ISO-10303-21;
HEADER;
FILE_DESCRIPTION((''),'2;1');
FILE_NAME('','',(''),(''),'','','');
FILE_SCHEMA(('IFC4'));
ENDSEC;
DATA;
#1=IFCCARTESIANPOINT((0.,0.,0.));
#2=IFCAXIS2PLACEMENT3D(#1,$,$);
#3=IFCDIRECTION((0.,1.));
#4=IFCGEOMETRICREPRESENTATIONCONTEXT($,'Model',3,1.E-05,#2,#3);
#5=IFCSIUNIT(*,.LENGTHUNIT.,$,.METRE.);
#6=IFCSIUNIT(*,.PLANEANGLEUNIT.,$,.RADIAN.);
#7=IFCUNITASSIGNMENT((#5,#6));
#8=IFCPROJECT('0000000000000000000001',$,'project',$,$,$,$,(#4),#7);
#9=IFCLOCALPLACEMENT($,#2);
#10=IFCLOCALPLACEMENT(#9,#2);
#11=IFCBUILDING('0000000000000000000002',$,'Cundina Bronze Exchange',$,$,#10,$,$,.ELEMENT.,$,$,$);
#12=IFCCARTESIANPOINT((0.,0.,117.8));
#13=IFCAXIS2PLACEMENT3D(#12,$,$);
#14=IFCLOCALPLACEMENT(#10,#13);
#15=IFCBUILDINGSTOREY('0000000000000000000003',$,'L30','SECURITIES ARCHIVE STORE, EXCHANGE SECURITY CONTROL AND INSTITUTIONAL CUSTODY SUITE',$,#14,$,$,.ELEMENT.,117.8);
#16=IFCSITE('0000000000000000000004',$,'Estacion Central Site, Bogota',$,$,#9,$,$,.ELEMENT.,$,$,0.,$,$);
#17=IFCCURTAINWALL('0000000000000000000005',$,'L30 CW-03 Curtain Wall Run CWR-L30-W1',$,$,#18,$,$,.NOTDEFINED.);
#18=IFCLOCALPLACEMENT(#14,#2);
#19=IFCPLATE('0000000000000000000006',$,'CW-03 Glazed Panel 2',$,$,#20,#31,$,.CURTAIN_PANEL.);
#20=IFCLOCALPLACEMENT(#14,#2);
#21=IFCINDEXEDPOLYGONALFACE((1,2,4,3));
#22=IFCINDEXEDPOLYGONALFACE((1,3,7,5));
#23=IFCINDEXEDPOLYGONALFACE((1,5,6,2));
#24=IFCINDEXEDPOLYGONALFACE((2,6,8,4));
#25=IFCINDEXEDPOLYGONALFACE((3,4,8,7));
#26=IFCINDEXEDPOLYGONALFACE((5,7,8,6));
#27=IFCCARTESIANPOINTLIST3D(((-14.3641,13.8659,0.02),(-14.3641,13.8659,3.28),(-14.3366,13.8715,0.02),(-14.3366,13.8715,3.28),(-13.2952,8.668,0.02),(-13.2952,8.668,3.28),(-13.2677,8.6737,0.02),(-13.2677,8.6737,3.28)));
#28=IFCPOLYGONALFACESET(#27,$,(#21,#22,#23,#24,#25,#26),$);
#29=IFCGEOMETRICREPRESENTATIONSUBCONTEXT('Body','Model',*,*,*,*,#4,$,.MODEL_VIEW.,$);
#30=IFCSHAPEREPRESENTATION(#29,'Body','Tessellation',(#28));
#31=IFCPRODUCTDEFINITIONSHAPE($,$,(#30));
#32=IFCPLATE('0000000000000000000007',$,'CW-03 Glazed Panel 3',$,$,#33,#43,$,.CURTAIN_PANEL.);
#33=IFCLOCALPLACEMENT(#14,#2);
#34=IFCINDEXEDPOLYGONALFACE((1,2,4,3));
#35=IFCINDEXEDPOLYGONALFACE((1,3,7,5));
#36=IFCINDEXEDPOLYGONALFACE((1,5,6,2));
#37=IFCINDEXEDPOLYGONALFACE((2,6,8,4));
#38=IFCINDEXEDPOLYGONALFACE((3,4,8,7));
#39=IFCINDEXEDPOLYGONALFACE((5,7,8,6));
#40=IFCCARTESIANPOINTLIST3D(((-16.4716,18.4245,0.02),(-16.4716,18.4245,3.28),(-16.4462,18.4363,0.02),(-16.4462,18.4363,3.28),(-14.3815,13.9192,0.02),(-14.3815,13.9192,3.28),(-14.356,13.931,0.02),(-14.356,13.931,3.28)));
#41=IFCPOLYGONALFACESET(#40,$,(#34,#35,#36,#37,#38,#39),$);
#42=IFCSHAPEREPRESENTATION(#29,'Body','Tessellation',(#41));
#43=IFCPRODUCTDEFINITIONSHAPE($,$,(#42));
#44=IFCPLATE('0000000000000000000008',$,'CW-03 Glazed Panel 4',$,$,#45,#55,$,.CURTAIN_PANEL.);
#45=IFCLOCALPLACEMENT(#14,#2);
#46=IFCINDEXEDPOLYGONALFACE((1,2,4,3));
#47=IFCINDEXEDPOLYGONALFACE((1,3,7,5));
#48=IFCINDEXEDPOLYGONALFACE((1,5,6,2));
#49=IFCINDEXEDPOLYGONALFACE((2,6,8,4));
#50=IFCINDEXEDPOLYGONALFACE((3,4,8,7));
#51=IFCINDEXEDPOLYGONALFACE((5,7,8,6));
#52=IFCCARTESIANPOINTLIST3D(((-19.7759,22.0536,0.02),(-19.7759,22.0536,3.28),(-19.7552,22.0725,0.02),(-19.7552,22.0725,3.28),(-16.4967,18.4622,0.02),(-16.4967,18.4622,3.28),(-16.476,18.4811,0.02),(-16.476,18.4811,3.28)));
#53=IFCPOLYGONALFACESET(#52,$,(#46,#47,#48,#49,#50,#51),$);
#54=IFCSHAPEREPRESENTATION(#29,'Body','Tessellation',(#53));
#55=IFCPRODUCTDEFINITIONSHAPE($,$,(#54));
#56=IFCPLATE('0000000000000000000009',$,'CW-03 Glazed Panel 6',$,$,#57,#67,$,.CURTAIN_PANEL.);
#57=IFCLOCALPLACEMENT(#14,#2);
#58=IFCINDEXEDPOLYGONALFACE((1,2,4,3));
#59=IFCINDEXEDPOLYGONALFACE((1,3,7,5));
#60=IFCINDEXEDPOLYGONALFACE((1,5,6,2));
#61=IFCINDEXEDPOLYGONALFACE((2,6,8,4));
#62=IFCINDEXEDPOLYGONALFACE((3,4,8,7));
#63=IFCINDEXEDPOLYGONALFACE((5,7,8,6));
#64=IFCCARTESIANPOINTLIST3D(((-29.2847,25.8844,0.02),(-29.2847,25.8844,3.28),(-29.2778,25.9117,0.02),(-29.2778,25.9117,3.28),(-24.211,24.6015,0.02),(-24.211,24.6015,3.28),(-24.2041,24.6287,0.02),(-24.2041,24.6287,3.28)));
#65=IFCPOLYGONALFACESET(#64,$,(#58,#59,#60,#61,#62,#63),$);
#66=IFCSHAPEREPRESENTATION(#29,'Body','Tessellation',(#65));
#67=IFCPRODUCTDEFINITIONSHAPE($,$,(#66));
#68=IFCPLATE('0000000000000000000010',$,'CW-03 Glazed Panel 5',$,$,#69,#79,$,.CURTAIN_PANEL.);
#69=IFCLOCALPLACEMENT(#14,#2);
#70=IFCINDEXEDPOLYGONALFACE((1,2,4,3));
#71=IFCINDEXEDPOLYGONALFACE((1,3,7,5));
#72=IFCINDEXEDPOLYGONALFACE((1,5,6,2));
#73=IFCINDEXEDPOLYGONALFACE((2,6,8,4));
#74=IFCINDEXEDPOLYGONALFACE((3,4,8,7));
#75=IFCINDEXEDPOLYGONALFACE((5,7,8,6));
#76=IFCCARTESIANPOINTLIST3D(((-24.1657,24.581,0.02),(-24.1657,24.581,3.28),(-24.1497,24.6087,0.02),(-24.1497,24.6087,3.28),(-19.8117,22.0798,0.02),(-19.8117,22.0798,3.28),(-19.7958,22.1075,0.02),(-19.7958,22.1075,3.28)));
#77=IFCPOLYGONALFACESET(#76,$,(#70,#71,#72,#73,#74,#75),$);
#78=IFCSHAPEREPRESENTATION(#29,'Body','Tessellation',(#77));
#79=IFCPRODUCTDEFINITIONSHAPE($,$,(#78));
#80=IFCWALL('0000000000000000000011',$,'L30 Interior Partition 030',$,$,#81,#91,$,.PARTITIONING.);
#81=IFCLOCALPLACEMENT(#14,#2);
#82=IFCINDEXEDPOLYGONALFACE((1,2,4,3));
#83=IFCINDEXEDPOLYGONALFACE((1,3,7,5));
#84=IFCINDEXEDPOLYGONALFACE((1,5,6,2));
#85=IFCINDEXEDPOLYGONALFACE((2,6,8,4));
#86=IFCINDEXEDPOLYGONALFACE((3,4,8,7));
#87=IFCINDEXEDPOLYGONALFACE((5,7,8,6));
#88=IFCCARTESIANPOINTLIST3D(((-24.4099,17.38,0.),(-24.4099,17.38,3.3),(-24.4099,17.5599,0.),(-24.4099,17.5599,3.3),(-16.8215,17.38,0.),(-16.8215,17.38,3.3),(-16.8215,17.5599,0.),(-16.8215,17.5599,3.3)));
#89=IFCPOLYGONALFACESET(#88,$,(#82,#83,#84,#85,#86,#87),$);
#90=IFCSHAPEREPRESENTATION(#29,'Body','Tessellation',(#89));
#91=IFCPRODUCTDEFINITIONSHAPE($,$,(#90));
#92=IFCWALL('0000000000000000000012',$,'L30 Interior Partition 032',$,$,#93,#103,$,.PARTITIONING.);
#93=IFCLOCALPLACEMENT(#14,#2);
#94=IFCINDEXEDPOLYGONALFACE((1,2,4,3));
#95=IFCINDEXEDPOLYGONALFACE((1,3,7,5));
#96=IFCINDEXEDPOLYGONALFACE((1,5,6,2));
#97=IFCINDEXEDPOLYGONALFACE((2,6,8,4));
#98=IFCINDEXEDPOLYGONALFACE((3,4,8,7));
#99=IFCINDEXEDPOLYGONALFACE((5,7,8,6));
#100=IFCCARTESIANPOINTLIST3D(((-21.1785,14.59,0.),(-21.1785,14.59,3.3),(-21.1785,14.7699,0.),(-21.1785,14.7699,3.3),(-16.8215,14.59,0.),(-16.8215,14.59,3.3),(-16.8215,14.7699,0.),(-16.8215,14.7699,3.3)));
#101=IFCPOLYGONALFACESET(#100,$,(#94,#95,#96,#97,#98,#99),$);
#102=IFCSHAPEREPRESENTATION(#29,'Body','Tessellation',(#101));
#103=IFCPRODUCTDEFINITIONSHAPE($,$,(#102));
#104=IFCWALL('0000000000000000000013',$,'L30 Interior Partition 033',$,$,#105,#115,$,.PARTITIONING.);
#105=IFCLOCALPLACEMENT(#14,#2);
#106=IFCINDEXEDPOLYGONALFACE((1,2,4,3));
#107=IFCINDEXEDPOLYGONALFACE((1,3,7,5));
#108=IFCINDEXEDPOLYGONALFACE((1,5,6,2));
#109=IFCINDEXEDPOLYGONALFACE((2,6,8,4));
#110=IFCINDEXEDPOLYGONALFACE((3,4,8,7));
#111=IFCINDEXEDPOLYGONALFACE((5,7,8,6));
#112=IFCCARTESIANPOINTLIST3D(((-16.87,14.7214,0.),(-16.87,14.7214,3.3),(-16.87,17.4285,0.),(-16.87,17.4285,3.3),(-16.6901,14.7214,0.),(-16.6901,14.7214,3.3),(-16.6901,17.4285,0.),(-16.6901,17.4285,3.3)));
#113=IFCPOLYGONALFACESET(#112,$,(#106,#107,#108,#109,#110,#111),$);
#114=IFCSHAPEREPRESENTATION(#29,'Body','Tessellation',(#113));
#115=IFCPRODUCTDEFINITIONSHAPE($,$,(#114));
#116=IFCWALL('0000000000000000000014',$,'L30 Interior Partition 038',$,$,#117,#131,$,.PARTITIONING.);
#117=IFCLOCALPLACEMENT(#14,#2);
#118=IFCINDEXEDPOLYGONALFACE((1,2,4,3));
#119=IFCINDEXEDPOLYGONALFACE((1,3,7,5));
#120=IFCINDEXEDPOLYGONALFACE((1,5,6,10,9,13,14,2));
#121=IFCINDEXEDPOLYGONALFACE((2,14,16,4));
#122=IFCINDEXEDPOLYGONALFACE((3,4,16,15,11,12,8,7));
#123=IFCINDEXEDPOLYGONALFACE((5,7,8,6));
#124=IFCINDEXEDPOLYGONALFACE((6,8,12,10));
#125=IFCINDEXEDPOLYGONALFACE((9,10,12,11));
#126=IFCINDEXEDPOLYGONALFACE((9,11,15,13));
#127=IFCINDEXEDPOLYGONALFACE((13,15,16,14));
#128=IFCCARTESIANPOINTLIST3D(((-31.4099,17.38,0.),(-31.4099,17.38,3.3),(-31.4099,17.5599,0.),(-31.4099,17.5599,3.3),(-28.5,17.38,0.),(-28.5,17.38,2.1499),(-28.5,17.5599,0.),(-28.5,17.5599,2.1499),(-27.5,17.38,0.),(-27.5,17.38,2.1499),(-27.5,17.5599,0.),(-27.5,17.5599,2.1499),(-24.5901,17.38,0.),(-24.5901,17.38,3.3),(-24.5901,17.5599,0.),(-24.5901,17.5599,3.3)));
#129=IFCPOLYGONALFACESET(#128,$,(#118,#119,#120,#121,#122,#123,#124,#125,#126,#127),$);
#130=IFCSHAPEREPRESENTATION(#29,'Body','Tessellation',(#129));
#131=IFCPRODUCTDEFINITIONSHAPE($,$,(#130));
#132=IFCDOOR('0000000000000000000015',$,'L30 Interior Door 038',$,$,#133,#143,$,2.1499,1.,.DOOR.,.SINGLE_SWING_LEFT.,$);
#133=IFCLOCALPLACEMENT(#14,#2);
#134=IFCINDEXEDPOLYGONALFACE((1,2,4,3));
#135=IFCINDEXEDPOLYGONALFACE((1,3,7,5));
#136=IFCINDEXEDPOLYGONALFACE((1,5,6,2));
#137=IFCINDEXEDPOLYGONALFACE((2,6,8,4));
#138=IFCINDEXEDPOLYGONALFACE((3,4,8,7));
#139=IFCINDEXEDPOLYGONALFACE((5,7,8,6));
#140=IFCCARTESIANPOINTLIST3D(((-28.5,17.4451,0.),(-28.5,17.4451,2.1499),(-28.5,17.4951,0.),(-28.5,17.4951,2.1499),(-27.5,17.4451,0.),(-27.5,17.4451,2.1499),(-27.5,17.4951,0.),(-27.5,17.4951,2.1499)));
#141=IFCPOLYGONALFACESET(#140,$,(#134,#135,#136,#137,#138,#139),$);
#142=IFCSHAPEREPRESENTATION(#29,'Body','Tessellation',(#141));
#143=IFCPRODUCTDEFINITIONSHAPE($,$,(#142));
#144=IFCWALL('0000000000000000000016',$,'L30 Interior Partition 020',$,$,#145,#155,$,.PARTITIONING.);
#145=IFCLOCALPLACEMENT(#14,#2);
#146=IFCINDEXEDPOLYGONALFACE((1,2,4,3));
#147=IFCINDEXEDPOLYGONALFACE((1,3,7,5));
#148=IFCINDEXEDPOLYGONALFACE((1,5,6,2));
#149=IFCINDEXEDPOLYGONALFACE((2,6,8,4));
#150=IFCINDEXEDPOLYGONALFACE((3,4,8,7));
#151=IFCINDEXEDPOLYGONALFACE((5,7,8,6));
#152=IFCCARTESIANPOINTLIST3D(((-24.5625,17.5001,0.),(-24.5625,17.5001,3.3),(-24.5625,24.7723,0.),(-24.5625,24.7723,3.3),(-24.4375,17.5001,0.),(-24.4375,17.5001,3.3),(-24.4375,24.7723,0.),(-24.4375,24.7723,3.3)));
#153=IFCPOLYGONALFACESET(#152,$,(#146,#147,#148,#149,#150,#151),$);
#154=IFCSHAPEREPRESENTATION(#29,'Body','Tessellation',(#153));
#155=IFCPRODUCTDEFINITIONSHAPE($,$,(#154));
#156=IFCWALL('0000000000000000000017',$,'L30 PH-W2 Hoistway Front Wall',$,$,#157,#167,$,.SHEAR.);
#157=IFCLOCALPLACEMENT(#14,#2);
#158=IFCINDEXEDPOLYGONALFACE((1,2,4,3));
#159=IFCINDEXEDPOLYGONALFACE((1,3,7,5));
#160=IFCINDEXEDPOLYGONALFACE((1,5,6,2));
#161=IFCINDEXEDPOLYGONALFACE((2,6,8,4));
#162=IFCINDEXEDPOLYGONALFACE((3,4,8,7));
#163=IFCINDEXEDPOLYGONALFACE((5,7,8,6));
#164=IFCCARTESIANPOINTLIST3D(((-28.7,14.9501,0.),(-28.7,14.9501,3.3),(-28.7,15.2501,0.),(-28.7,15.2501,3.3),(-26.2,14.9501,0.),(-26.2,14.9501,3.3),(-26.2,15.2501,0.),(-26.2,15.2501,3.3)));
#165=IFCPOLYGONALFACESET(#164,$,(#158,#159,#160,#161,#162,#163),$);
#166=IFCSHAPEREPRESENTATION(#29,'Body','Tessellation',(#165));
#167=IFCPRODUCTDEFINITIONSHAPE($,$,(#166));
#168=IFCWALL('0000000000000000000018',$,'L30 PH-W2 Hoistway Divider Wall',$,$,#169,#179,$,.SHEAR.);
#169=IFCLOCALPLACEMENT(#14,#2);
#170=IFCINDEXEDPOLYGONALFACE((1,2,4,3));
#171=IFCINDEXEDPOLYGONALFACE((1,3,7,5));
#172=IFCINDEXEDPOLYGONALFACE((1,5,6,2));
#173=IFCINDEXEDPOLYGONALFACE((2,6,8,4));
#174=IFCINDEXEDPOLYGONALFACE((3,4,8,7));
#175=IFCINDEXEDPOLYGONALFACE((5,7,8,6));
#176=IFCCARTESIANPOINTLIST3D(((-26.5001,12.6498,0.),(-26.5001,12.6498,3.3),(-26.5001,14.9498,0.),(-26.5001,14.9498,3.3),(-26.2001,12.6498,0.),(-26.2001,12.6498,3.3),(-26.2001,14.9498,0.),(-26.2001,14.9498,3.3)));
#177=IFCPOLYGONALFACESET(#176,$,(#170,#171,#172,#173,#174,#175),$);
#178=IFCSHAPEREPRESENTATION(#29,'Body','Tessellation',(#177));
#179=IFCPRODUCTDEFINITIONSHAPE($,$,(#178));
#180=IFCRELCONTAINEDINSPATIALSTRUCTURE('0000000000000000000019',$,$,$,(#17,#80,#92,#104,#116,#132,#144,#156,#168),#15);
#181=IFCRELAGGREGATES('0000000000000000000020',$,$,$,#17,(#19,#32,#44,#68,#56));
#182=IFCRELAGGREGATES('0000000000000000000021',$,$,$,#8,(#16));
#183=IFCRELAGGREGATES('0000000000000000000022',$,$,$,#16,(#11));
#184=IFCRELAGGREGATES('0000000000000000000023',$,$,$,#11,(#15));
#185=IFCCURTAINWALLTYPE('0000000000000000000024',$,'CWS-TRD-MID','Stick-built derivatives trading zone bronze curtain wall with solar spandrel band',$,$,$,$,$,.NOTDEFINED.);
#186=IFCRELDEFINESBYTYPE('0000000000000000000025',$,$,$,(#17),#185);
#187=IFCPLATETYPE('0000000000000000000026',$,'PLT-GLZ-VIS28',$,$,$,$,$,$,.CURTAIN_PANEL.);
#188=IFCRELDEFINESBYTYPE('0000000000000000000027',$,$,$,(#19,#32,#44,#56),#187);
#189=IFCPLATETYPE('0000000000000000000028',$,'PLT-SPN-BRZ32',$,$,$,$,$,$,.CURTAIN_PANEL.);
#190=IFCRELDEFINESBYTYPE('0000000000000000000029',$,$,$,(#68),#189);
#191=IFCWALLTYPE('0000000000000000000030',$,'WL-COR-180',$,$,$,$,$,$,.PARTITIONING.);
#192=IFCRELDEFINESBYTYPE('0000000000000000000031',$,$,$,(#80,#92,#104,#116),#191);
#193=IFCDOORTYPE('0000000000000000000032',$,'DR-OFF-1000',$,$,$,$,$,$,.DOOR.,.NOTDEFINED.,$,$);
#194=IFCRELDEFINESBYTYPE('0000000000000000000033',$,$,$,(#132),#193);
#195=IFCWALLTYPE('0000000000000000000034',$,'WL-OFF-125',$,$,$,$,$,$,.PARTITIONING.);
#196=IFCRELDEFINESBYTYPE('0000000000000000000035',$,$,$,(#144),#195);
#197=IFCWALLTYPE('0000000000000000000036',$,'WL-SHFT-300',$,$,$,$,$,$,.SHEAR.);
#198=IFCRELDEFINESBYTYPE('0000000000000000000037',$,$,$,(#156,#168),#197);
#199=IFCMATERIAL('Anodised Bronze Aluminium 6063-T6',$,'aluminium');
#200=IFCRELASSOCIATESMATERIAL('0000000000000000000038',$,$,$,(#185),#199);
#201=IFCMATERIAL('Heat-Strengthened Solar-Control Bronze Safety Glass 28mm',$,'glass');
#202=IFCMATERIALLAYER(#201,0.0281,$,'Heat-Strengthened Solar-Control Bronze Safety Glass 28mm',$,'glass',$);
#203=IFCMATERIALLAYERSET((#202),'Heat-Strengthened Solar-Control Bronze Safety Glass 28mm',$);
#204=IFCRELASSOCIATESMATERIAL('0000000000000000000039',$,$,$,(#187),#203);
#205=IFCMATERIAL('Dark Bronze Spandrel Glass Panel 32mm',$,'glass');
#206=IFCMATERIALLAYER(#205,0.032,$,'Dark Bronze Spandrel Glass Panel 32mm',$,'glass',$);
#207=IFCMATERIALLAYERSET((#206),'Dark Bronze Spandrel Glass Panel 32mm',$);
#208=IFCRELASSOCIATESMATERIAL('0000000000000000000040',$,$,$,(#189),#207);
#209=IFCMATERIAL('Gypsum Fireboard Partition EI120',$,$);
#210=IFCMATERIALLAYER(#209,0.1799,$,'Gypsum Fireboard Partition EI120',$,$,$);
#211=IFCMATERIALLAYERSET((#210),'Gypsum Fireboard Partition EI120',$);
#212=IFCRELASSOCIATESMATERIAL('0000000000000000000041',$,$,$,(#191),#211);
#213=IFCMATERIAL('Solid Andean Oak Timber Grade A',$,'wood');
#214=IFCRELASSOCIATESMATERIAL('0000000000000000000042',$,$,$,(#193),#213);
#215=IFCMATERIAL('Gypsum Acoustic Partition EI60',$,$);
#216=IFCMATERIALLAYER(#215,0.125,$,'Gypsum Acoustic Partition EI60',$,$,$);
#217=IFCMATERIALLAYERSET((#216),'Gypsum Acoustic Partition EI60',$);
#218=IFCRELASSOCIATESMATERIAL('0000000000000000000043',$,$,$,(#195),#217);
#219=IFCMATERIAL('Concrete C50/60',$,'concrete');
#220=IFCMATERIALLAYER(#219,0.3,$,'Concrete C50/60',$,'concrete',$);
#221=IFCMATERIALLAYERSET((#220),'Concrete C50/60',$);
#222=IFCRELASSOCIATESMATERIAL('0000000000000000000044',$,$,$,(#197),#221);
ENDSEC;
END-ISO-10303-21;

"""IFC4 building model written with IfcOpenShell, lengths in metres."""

from ifc_helpers import new_model, si_unit, direction, frame, frame_2d, origin, origin_2d, place, context, subcontext, project, spatial, rectangle, extrude, material, layer, layer_set, type_object, element, fill, aggregate, save


model = new_model("IFC4")

# Units and contexts
model_context = context("Model", 3, precision=1e-05, world=origin(), true_north=direction((0.0, 1.0)))
body_context = subcontext(model_context, "Body", "Model", "MODEL_VIEW")
ifc_project = project(units=[si_unit("LENGTHUNIT", "METRE"), si_unit("PLANEANGLEUNIT", "RADIAN")], contexts=[model_context])

# Site, building, storey
site_placement = place(None, origin())
site = spatial("IfcSite", under=ifc_project, at=site_placement, Name="Estacion Central Site, Bogota", CompositionType="ELEMENT", RefElevation=0.0)
building_placement = place(site_placement, origin())
building = spatial("IfcBuilding", under=site, at=building_placement, Name="Cundina Bronze Exchange", CompositionType="ELEMENT")
storey_placement = place(building_placement, frame((0.0, 0.0, 117.8)))
storey = spatial("IfcBuildingStorey", under=building, at=storey_placement, Name="L30", Description="SECURITIES ARCHIVE STORE, EXCHANGE SECURITY CONTROL AND INSTITUTIONAL CUSTODY SUITE", CompositionType="ELEMENT", Elevation=117.8)

# Curtain wall, plates
ifc_material_1 = material(Name="Anodised Bronze Aluminium 6063-T6", Category="aluminium")
curtain_wall_type = type_object("IfcCurtainWallType", Name="CWS-TRD-MID", Description="Stick-built derivatives trading zone bronze curtain wall with solar spandrel band", PredefinedType="NOTDEFINED", material=ifc_material_1)
curtain_wall_placement = place(storey_placement, origin())
curtain_wall = element("IfcCurtainWall", 1, at=curtain_wall_placement, inside=storey, type_object=curtain_wall_type, Name="L30 CW-03 Curtain Wall Run CWR-L30-W1", PredefinedType="NOTDEFINED")
ifc_material_2 = material(Name="Heat-Strengthened Solar-Control Bronze Safety Glass 28mm", Category="glass")
ifc_layer_1 = layer(ifc_material_2, 0.0281, Name="Heat-Strengthened Solar-Control Bronze Safety Glass 28mm", Category="glass")
ifc_layer_set_1 = layer_set([ifc_layer_1], Name="Heat-Strengthened Solar-Control Bronze Safety Glass 28mm")
plate_type_1 = type_object("IfcPlateType", Name="PLT-GLZ-VIS28", PredefinedType="CURTAIN_PANEL", material=ifc_layer_set_1)
plate_1_placement = place(storey_placement, frame((-13.8159, 11.2698, 0.02), z_axis=(0.0, 0.0, 1.0), x_axis=(-0.20142, 0.979505, 0.0)))
plate_1 = element("IfcPlate", 2, at=plate_1_placement, type_object=plate_type_1, Name="CW-03 Glazed Panel 2", PredefinedType="CURTAIN_PANEL", context=body_context, shape_type="SweptSolid", body=[
    extrude(rectangle(XDim=5.3066, YDim=0.0281, at=origin_2d()), origin(), (0.0, 0.0, 1.0), 3.26),
])
plate_2_placement = place(storey_placement, frame((-15.4138, 16.1777, 0.02), z_axis=(0.0, 0.0, 1.0), x_axis=(-0.420846, 0.907132, 0.0)))
plate_2 = element("IfcPlate", 3, at=plate_2_placement, type_object=plate_type_1, Name="CW-03 Glazed Panel 3", PredefinedType="CURTAIN_PANEL", context=body_context, shape_type="SweptSolid", body=[
    extrude(rectangle(XDim=4.9666, YDim=0.0281, at=origin_2d()), origin(), (0.0, 0.0, 1.0), 3.26),
])
plate_3_placement = place(storey_placement, frame((-18.126, 20.2673, 0.02), z_axis=(0.0, 0.0, 1.0), x_axis=(-0.674277, 0.738479, 0.0)))
plate_3 = element("IfcPlate", 4, at=plate_3_placement, type_object=plate_type_1, Name="CW-03 Glazed Panel 4", PredefinedType="CURTAIN_PANEL", context=body_context, shape_type="SweptSolid", body=[
    extrude(rectangle(XDim=4.8633, YDim=0.0281, at=origin_2d()), origin(), (0.0, 0.0, 1.0), 3.26),
])
plate_4_placement = place(storey_placement, frame((-26.7444, 25.2566, 0.02), z_axis=(0.0, 0.0, 1.0), x_axis=(-0.969488, 0.245138, 0.0)))
plate_4 = element("IfcPlate", 5, at=plate_4_placement, type_object=plate_type_1, Name="CW-03 Glazed Panel 6", PredefinedType="CURTAIN_PANEL", context=body_context, shape_type="SweptSolid", body=[
    extrude(rectangle(XDim=5.2334, YDim=0.0281, at=origin_2d()), origin(), (0.0, 0.0, 1.0), 3.26),
])
ifc_material_3 = material(Name="Dark Bronze Spandrel Glass Panel 32mm", Category="glass")
ifc_layer_2 = layer(ifc_material_3, 0.032, Name="Dark Bronze Spandrel Glass Panel 32mm", Category="glass")
ifc_layer_set_2 = layer_set([ifc_layer_2], Name="Dark Bronze Spandrel Glass Panel 32mm")
plate_type_2 = type_object("IfcPlateType", Name="PLT-SPN-BRZ32", PredefinedType="CURTAIN_PANEL", material=ifc_layer_set_2)
plate_5_placement = place(storey_placement, frame((-21.9807, 23.3442, 0.02), z_axis=(0.0, 0.0, 1.0), x_axis=(-0.867105, 0.498125, 0.0)))
plate_5 = element("IfcPlate", 6, at=plate_5_placement, type_object=plate_type_2, Name="CW-03 Glazed Panel 5", PredefinedType="CURTAIN_PANEL", context=body_context, shape_type="SweptSolid", body=[
    extrude(rectangle(XDim=5.0212, YDim=0.032, at=origin_2d()), origin(), (0.0, 0.0, 1.0), 3.26),
])
aggregate(curtain_wall, [plate_1, plate_2, plate_3, plate_5, plate_4])

# Walls
ifc_material_4 = material(Name="Gypsum Fireboard Partition EI120")
ifc_layer_3 = layer(ifc_material_4, 0.1799, Name="Gypsum Fireboard Partition EI120")
ifc_layer_set_3 = layer_set([ifc_layer_3], Name="Gypsum Fireboard Partition EI120")
wall_type_1 = type_object("IfcWallType", Name="WL-COR-180", PredefinedType="PARTITIONING", material=ifc_layer_set_3)
wall_1_placement = place(storey_placement, frame((-16.8215, 17.47, 0.0), z_axis=(0.0, 0.0, 1.0), x_axis=(-1.0, 0.0, 0.0)))
element("IfcWall", 7, at=wall_1_placement, inside=storey, type_object=wall_type_1, Name="L30 Interior Partition 030", PredefinedType="PARTITIONING", context=body_context, shape_type="SweptSolid", body=[
    extrude(rectangle(XDim=7.5884, YDim=0.1799, at=frame_2d((3.7942, 0.0))), origin(), (0.0, 0.0, 1.0), 3.3),
])
wall_2_placement = place(storey_placement, frame((-21.1785, 14.6799, 0.0), z_axis=(0.0, 0.0, 1.0), x_axis=(1.0, 0.0, 0.0)))
element("IfcWall", 8, at=wall_2_placement, inside=storey, type_object=wall_type_1, Name="L30 Interior Partition 032", PredefinedType="PARTITIONING", context=body_context, shape_type="SweptSolid", body=[
    extrude(rectangle(XDim=4.3569, YDim=0.1799, at=frame_2d((2.1785, 0.0))), origin(), (0.0, 0.0, 1.0), 3.3),
])
wall_3_placement = place(storey_placement, frame((-16.78, 14.7214, 0.0), z_axis=(0.0, 0.0, 1.0), x_axis=(0.0, 1.0, 0.0)))
element("IfcWall", 9, at=wall_3_placement, inside=storey, type_object=wall_type_1, Name="L30 Interior Partition 033", PredefinedType="PARTITIONING", context=body_context, shape_type="SweptSolid", body=[
    extrude(rectangle(XDim=2.707, YDim=0.1799, at=frame_2d((1.3535, 0.0))), origin(), (0.0, 0.0, 1.0), 3.3),
])

# Wall, opening, door
wall_4_placement = place(storey_placement, frame((-24.5901, 17.47, 0.0), z_axis=(0.0, 0.0, 1.0), x_axis=(-1.0, 0.0, 0.0)))
wall_4 = element("IfcWall", 10, at=wall_4_placement, inside=storey, type_object=wall_type_1, Name="L30 Interior Partition 038", PredefinedType="PARTITIONING", context=body_context, shape_type="SweptSolid", body=[
    extrude(rectangle(XDim=6.8198, YDim=0.1799, at=frame_2d((3.4099, 0.0))), origin(), (0.0, 0.0, 1.0), 3.3),
])
opening_1_placement = place(wall_4_placement, frame((2.9099, 0.0, 0.0)))
opening_1 = element("IfcOpeningElement", 11, at=opening_1_placement, cuts=wall_4, PredefinedType="OPENING", context=body_context, shape_type="SweptSolid", body=[
    extrude(rectangle(XDim=1.0, YDim=2.1499, at=frame_2d((0.5, 1.075))), frame((0.0, 0.0999, 0.0), z_axis=(0.0, -1.0, 0.0), x_axis=(1.0, 0.0, 0.0)), (0.0, 0.0, 1.0), 0.2),
])
ifc_material_5 = material(Name="Solid Andean Oak Timber Grade A", Category="wood")
door_type_1 = type_object("IfcDoorType", Name="DR-OFF-1000", OperationType="NOTDEFINED", PredefinedType="DOOR", material=ifc_material_5)
door_1_placement = place(opening_1_placement, origin())
door_1 = element("IfcDoor", 12, at=door_1_placement, inside=storey, type_object=door_type_1, Name="L30 Interior Door 038", OperationType="SINGLE_SWING_LEFT", OverallHeight=2.1499, OverallWidth=1.0, PredefinedType="DOOR", context=body_context, shape_type="SweptSolid", body=[
    extrude(rectangle(XDim=1.0, YDim=2.1499, at=frame_2d((0.5, 1.075))), frame((0.0, 0.0249, 0.0), z_axis=(0.0, -1.0, 0.0), x_axis=(1.0, 0.0, 0.0)), (0.0, 0.0, 1.0), 0.05),
])
fill(opening_1, door_1)

# Wall
ifc_material_6 = material(Name="Gypsum Acoustic Partition EI60")
ifc_layer_4 = layer(ifc_material_6, 0.125, Name="Gypsum Acoustic Partition EI60")
ifc_layer_set_4 = layer_set([ifc_layer_4], Name="Gypsum Acoustic Partition EI60")
wall_type_2 = type_object("IfcWallType", Name="WL-OFF-125", PredefinedType="PARTITIONING", material=ifc_layer_set_4)
wall_5_placement = place(storey_placement, frame((-24.5, 17.5, 0.0), z_axis=(0.0, 0.0, 1.0), x_axis=(0.0, 1.0, 0.0)))
element("IfcWall", 13, at=wall_5_placement, inside=storey, type_object=wall_type_2, Name="L30 Interior Partition 020", PredefinedType="PARTITIONING", context=body_context, shape_type="SweptSolid", body=[
    extrude(rectangle(XDim=7.2722, YDim=0.125, at=frame_2d((3.6362, 0.0))), origin(), (0.0, 0.0, 1.0), 3.3),
])

# Shared definitions
ifc_material_7 = material(Name="Concrete C50/60", Category="concrete")
ifc_layer_5 = layer(ifc_material_7, 0.3, Name="Concrete C50/60", Category="concrete")
ifc_layer_set_5 = layer_set([ifc_layer_5], Name="Concrete C50/60")
wall_type_3 = type_object("IfcWallType", Name="WL-SHFT-300", PredefinedType="SHEAR", material=ifc_layer_set_5)

# Walls
wall_6_placement = place(storey_placement, frame((-28.7, 15.1001, 0.0), z_axis=(0.0, 0.0, 1.0), x_axis=(1.0, 0.0, 0.0)))
element("IfcWall", 14, at=wall_6_placement, inside=storey, type_object=wall_type_3, Name="L30 PH-W2 Hoistway Front Wall", PredefinedType="SHEAR", context=body_context, shape_type="SweptSolid", body=[
    extrude(rectangle(XDim=2.5, YDim=0.3, at=frame_2d((1.25, 0.0))), origin(), (0.0, 0.0, 1.0), 3.3),
])
wall_7_placement = place(storey_placement, frame((-26.3501, 12.6499, 0.0), z_axis=(0.0, 0.0, 1.0), x_axis=(0.0, 1.0, 0.0)))
element("IfcWall", 15, at=wall_7_placement, inside=storey, type_object=wall_type_3, Name="L30 PH-W2 Hoistway Divider Wall", PredefinedType="SHEAR", context=body_context, shape_type="SweptSolid", body=[
    extrude(rectangle(XDim=2.3, YDim=0.3, at=frame_2d((1.1499, 0.0))), origin(), (0.0, 0.0, 1.0), 3.3),
])

save(model, "model.ifc")
